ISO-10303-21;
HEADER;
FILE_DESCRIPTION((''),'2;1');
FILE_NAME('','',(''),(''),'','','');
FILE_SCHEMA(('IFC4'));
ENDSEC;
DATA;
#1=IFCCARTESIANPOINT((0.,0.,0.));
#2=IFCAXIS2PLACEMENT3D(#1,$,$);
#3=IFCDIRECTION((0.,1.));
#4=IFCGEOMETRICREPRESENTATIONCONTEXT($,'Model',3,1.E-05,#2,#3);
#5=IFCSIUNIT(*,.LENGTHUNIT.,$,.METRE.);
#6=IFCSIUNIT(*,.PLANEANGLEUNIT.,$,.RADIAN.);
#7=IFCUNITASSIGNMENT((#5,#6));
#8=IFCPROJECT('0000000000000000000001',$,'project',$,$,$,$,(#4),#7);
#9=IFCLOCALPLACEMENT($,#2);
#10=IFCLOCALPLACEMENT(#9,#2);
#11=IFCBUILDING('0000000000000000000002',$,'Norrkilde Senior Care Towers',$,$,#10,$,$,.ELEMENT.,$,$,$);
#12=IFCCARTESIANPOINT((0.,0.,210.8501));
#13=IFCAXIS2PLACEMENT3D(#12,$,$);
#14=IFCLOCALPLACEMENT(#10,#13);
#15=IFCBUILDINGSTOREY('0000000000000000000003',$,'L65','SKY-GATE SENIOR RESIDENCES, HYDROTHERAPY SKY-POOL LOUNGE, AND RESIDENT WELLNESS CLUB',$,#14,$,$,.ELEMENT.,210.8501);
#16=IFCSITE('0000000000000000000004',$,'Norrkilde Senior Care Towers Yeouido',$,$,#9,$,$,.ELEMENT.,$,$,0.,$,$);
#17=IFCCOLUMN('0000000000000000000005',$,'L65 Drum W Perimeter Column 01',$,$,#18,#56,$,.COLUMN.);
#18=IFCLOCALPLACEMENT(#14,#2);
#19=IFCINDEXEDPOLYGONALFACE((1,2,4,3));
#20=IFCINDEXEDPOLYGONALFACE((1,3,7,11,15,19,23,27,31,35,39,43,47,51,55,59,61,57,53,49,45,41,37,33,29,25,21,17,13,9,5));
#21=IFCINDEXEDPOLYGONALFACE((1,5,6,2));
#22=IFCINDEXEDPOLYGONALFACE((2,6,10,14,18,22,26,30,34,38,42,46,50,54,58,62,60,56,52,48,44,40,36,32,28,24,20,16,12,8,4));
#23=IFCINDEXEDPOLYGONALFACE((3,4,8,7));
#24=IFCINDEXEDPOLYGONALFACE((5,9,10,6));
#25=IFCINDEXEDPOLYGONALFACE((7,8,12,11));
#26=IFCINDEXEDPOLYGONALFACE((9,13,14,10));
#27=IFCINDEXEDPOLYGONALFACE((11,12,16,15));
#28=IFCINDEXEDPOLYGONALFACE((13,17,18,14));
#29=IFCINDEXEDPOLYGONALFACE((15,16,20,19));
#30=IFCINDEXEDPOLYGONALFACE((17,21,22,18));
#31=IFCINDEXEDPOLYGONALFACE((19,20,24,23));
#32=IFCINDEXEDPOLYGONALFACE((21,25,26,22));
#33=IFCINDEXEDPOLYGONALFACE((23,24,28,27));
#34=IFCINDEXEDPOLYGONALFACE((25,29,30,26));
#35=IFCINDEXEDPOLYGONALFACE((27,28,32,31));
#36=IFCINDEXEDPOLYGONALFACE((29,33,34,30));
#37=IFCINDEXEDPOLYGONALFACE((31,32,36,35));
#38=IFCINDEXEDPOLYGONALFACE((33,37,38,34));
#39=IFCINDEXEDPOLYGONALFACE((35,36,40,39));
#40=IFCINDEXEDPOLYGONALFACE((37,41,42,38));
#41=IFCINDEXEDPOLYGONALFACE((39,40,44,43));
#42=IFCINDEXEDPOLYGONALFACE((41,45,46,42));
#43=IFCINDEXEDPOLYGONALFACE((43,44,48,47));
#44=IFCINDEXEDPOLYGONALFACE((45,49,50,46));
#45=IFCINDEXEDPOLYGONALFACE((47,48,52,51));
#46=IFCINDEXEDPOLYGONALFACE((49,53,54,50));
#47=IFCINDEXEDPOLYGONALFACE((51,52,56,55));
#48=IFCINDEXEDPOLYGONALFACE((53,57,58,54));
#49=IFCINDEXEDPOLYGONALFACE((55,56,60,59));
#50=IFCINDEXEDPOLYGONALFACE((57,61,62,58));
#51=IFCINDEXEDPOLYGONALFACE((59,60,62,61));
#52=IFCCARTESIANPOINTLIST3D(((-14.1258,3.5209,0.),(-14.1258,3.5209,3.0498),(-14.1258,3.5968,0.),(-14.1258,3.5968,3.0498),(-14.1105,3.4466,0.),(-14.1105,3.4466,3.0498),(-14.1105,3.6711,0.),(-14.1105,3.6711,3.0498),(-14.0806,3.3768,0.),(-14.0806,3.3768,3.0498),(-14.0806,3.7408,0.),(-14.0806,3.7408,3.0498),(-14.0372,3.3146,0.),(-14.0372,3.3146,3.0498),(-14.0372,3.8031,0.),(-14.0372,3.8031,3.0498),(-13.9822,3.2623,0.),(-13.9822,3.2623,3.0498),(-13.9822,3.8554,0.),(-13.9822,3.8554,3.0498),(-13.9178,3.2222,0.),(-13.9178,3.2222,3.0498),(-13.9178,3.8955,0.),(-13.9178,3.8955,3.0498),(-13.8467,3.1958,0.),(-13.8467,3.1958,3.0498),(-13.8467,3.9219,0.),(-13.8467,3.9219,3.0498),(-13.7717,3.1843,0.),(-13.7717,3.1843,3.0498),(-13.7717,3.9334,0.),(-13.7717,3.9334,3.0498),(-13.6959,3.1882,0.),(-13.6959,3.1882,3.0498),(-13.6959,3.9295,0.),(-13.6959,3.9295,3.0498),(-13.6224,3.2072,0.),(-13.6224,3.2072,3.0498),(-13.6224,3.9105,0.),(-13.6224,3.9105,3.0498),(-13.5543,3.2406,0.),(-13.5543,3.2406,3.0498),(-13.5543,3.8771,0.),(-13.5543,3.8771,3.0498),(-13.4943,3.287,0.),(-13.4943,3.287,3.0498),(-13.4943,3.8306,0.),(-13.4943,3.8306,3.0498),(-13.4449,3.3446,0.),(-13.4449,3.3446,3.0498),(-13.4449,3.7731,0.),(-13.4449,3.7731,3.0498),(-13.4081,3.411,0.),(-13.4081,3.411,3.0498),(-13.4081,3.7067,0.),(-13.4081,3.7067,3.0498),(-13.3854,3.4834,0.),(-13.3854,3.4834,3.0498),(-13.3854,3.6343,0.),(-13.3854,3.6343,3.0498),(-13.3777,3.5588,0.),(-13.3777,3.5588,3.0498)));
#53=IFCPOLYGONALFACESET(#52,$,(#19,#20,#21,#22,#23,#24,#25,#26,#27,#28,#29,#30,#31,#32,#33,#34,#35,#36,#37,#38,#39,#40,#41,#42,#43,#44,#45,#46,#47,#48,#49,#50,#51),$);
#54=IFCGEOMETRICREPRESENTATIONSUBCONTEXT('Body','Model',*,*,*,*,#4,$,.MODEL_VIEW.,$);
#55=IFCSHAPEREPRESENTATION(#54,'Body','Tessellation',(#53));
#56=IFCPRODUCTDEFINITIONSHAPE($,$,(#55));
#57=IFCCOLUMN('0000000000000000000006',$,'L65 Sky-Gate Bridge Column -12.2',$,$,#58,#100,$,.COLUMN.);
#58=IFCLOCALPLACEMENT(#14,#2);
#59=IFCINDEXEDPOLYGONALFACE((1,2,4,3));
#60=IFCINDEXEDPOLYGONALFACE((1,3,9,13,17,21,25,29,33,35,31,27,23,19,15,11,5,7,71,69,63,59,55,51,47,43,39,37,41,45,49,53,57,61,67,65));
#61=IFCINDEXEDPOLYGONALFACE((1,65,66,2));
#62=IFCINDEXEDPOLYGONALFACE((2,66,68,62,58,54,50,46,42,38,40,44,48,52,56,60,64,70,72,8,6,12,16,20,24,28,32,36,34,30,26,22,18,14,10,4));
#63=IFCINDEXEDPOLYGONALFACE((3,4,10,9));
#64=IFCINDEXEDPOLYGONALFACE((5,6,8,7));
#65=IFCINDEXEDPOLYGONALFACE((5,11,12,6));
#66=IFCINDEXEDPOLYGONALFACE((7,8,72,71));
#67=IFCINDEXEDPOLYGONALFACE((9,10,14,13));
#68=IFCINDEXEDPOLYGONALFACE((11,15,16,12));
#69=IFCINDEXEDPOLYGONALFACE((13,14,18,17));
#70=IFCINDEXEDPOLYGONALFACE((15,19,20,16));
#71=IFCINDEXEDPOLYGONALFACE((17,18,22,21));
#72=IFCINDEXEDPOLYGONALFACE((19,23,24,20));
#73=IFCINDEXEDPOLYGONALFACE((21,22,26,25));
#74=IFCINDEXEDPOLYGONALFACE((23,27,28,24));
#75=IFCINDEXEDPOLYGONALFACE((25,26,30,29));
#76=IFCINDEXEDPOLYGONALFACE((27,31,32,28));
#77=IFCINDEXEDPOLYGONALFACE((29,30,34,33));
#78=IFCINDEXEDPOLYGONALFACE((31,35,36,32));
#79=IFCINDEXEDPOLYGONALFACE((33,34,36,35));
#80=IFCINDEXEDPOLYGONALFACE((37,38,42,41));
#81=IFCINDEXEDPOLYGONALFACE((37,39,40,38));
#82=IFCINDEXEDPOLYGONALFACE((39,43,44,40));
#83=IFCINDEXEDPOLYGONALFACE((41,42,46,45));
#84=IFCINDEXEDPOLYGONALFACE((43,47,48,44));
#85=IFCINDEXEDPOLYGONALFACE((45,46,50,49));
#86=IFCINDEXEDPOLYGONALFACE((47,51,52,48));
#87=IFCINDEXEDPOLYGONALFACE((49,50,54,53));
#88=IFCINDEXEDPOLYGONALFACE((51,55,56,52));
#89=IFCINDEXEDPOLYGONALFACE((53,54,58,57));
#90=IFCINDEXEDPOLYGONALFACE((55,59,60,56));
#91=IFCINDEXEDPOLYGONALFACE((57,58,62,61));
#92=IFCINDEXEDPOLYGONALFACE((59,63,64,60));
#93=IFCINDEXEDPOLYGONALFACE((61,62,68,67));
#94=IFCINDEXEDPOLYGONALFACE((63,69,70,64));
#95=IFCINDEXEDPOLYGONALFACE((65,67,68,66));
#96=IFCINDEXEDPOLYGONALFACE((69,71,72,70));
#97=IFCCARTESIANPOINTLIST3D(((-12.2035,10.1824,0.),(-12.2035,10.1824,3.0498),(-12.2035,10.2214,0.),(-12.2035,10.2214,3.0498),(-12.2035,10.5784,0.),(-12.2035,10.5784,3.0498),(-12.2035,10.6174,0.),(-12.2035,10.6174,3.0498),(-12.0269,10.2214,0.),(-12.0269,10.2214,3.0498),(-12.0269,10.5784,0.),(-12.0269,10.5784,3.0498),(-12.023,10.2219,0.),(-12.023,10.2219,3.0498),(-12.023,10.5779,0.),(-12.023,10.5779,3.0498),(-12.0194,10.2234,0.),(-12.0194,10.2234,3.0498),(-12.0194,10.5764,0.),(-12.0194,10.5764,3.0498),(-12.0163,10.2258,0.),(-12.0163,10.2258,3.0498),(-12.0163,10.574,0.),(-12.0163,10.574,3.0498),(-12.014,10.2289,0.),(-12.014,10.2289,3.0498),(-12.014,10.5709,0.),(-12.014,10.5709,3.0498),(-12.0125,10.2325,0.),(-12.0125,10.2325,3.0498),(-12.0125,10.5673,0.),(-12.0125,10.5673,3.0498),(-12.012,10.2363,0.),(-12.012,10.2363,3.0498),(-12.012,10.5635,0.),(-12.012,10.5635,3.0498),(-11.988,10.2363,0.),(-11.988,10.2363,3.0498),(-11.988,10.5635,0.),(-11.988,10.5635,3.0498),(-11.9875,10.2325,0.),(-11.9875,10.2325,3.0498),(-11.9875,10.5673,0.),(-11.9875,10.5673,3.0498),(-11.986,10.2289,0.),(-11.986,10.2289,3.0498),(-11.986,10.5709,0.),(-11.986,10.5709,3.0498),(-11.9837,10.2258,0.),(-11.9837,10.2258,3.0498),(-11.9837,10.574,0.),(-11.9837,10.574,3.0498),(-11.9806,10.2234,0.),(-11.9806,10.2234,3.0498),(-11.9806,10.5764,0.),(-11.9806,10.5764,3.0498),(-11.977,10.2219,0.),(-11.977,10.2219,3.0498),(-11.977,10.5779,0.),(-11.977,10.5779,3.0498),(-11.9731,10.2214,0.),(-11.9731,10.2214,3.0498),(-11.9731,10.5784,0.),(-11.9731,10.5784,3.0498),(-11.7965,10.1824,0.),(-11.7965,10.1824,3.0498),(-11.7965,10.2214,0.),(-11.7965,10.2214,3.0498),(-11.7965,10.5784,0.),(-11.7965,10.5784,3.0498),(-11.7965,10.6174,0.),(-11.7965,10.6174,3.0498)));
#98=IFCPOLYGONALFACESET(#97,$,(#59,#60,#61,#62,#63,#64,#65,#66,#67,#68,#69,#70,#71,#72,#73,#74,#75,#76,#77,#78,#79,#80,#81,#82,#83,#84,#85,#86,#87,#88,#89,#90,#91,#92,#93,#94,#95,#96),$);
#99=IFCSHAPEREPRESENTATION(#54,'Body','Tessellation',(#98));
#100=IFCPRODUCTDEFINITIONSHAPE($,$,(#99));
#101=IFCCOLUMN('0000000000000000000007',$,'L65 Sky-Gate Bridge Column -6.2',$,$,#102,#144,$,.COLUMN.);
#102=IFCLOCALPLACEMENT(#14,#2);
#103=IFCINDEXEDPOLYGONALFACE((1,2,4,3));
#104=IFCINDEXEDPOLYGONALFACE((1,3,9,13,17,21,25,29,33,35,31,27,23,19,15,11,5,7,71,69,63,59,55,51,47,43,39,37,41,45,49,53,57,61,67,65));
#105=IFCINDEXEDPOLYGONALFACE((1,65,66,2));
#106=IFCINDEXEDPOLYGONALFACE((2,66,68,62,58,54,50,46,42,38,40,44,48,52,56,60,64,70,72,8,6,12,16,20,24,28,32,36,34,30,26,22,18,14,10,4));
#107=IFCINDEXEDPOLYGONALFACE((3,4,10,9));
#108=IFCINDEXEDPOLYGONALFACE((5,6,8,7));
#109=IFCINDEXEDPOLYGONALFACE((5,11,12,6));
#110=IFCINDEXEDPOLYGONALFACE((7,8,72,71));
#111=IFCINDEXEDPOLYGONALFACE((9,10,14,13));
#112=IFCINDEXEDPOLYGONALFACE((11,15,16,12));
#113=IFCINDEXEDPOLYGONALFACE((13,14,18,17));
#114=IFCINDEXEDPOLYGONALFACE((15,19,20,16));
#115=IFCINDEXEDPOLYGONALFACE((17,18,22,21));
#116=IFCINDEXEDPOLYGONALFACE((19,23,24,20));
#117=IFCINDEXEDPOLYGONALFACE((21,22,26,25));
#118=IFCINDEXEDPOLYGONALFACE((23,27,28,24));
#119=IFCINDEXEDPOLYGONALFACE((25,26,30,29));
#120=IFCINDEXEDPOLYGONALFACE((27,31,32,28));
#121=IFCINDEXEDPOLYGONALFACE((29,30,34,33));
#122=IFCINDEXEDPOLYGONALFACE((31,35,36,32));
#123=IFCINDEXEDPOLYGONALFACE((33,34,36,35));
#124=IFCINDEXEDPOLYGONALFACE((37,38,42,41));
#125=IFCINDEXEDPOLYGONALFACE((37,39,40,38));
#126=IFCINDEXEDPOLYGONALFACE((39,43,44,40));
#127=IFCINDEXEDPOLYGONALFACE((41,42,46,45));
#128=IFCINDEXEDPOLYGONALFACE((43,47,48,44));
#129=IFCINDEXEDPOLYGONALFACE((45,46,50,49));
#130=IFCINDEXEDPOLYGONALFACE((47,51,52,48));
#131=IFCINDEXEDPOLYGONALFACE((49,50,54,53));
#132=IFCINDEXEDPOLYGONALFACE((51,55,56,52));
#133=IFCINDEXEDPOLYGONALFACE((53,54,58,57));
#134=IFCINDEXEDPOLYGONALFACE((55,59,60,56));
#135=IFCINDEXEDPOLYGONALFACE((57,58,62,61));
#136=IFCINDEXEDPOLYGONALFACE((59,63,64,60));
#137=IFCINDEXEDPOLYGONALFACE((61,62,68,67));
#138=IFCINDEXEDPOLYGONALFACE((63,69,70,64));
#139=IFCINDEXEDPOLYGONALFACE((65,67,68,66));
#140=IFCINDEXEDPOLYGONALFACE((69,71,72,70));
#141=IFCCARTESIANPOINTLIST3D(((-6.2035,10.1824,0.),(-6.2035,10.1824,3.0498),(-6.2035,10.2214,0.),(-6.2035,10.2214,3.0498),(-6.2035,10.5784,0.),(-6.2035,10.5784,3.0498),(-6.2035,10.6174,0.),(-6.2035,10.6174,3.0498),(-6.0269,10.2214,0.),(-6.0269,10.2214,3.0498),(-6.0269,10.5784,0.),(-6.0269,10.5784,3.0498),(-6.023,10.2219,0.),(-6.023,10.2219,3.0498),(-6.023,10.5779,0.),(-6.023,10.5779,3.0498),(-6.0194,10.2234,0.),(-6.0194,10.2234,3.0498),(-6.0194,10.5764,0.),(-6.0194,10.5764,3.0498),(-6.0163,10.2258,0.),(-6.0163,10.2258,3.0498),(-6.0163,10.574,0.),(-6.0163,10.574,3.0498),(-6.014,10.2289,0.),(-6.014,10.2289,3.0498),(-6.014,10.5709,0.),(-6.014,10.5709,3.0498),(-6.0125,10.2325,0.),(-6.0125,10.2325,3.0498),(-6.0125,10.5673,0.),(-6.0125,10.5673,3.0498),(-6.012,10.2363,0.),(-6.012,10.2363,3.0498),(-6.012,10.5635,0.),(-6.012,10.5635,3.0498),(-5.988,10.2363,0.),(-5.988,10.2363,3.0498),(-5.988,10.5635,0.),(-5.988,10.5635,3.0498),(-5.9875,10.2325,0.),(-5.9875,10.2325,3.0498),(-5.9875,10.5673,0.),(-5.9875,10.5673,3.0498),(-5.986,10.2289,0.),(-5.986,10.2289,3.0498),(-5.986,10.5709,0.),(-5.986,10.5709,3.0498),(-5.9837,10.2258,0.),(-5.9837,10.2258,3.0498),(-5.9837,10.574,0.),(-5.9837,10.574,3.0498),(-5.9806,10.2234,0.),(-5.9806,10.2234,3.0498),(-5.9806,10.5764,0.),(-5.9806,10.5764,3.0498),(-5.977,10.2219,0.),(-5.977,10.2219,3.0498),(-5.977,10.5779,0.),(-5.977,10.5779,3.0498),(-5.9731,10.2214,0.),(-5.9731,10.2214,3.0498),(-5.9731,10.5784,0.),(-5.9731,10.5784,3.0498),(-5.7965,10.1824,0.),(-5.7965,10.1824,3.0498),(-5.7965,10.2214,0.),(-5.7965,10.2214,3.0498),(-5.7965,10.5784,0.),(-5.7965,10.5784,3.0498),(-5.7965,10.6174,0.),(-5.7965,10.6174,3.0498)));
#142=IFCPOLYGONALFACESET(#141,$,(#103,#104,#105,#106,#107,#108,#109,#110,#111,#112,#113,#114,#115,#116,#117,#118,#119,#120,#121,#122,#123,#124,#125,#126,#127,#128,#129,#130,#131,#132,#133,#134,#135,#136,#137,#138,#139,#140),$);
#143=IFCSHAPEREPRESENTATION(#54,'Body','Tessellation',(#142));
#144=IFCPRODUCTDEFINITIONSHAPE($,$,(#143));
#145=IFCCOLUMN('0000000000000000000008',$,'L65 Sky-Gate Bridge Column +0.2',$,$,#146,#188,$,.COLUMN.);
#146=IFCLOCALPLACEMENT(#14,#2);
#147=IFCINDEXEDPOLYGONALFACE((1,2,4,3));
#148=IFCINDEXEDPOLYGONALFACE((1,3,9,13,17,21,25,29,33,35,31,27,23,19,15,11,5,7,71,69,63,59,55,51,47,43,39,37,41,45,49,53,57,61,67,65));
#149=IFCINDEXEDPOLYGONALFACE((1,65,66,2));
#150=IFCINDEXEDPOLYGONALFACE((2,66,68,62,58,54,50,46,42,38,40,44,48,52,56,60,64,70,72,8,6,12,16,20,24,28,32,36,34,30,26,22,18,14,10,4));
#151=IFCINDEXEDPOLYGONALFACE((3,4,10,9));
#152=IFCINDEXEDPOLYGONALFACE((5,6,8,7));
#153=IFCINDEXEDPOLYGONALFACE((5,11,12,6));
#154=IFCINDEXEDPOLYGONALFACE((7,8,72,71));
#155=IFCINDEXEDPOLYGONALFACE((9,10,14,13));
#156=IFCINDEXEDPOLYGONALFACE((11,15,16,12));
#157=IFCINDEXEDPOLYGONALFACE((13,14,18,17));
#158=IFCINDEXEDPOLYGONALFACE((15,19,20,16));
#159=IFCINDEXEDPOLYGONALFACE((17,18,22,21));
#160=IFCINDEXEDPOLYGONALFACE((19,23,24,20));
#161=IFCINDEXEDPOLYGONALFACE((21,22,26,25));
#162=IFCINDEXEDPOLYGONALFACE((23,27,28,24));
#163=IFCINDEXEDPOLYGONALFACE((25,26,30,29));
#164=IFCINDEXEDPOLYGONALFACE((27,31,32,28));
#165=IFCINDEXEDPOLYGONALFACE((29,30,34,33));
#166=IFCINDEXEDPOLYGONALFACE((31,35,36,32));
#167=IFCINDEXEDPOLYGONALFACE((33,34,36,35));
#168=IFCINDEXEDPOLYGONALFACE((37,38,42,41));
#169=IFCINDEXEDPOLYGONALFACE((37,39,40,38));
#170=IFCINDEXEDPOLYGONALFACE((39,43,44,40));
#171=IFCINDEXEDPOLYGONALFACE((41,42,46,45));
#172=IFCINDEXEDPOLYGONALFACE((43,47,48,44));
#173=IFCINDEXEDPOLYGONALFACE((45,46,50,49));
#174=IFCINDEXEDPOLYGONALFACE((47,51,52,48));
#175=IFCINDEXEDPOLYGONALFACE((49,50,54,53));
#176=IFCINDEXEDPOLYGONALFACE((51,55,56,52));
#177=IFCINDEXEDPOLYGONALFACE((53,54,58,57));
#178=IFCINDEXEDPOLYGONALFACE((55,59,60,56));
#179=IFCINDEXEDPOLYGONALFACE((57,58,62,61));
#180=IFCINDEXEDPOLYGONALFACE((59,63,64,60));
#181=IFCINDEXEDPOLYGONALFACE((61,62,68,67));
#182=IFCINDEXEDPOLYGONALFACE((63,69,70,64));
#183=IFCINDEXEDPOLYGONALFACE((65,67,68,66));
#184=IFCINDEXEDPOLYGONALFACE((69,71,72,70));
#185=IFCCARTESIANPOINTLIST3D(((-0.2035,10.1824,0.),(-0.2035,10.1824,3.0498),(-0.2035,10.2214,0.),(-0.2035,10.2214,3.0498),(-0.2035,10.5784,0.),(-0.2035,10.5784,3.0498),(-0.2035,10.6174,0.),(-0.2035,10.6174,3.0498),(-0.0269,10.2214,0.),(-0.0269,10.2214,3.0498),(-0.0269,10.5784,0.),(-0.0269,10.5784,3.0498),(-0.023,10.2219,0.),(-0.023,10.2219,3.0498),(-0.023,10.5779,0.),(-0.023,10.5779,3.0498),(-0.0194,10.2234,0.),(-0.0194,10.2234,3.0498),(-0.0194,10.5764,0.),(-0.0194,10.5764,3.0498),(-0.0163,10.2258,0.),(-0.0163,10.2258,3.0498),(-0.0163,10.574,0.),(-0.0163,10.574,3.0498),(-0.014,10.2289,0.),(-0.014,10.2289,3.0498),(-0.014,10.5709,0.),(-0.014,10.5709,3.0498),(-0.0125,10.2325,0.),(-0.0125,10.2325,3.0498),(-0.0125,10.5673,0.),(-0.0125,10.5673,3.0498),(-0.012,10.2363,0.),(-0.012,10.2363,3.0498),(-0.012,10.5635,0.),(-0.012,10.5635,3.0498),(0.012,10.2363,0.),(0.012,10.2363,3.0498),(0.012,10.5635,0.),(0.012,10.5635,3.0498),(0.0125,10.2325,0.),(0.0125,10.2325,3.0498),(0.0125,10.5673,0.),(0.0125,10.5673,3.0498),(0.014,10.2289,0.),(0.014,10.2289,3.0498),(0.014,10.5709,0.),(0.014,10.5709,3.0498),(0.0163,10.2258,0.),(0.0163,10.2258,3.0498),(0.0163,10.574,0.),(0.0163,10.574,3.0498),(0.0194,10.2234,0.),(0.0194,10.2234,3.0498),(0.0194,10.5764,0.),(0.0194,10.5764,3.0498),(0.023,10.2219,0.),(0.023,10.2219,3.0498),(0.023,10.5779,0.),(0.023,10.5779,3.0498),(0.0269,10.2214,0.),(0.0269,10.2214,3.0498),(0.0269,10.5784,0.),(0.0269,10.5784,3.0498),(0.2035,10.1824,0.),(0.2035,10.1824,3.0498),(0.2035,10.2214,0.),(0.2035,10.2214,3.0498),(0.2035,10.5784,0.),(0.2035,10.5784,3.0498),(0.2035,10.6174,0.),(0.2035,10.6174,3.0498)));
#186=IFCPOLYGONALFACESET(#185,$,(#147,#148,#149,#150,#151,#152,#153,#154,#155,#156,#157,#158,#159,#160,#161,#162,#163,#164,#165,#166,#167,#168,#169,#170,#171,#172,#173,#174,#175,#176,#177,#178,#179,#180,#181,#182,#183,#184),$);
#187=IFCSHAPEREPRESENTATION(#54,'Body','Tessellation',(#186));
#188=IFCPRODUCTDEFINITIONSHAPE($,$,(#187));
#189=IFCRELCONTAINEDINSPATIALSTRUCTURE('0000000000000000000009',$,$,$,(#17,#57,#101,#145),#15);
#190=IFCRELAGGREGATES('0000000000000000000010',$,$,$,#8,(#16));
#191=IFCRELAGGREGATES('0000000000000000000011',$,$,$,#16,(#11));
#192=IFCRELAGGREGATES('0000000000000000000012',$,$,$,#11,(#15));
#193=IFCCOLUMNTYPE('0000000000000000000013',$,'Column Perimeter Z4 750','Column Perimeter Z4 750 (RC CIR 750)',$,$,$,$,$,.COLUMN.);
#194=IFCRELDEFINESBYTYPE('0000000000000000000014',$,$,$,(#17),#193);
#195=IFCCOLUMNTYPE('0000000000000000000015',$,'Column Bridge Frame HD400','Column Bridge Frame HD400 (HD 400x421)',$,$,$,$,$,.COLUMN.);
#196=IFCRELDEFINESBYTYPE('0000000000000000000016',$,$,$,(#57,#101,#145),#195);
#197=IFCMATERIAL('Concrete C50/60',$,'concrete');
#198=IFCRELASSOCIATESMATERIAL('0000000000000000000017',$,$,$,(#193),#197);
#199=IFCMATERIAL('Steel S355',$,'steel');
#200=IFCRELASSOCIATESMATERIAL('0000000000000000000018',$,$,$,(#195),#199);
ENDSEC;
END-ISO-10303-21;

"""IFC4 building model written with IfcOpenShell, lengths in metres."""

from ifc_helpers import new_model, si_unit, direction, frame, origin, origin_2d, place, context, subcontext, project, spatial, circle, i_section, extrude, source, transform, mapped, material, material_profile, profile_set, type_object, type_shapes, element, save


model = new_model("IFC4")

# Units and contexts
model_context = context("Model", 3, precision=1e-05, world=origin(), true_north=direction((0.0, 1.0)))
body_context = subcontext(model_context, "Body", "Model", "MODEL_VIEW")
ifc_project = project(units=[si_unit("LENGTHUNIT", "METRE"), si_unit("PLANEANGLEUNIT", "RADIAN")], contexts=[model_context])

# Site, building, storey
site_placement = place(None, origin())
site = spatial("IfcSite", under=ifc_project, at=site_placement, Name="Norrkilde Senior Care Towers Yeouido", CompositionType="ELEMENT", RefElevation=0.0)
building_placement = place(site_placement, origin())
building = spatial("IfcBuilding", under=site, at=building_placement, Name="Norrkilde Senior Care Towers", CompositionType="ELEMENT")
storey_placement = place(building_placement, frame((0.0, 0.0, 210.8501)))
storey = spatial("IfcBuildingStorey", under=building, at=storey_placement, Name="L65", Description="SKY-GATE SENIOR RESIDENCES, HYDROTHERAPY SKY-POOL LOUNGE, AND RESIDENT WELLNESS CLUB", CompositionType="ELEMENT", Elevation=210.8501)

# Columns
ifc_material_1 = material(Name="Concrete C50/60", Category="concrete")
ifc_material_profile_1 = material_profile(ifc_material_1, circle(Radius=0.375, at=origin_2d()), Name="RC CIR 750")
ifc_profile_set_1 = profile_set([ifc_material_profile_1], Name="Concrete C50/60")
column_type_1 = type_object("IfcColumnType", Name="Column Perimeter Z4 750", Description="Column Perimeter Z4 750 (RC CIR 750)", PredefinedType="COLUMN", material=ifc_profile_set_1)
shared_shape_1 = source(origin(), body_context, "Body", "SweptSolid", [
    extrude(circle(Radius=0.375, at=origin_2d()), origin(), (0.0, 0.0, 1.0), 3.0498),
])
type_shapes(column_type_1, [shared_shape_1])
column_placement = place(storey_placement, frame((-13.7527, 3.5588, 0.0), z_axis=(0.0, 0.0, 1.0), x_axis=(1.0, 0.0, 0.0)))
element("IfcColumn", 1, at=column_placement, inside=storey, type_object=column_type_1, Name="L65 Drum W Perimeter Column 01", PredefinedType="COLUMN", context=body_context, shape_type="MappedRepresentation", body=[
    mapped(shared_shape_1, transform((0.0, 0.0, 0.0), x_axis=(1.0, 0.0, 0.0), y_axis=(0.0, 1.0, 0.0), z_axis=(0.0, 0.0, 1.0), scale=1.0)),
])
ifc_material_2 = material(Name="Steel S355", Category="steel")
ifc_material_profile_2 = material_profile(ifc_material_2, i_section(OverallWidth=0.407, OverallDepth=0.4351, WebThickness=0.0239, FlangeThickness=0.0391, FilletRadius=0.0149, at=origin_2d()), Name="HD 400x421")
ifc_profile_set_2 = profile_set([ifc_material_profile_2], Name="Steel S355")
column_type_2 = type_object("IfcColumnType", Name="Column Bridge Frame HD400", Description="Column Bridge Frame HD400 (HD 400x421)", PredefinedType="COLUMN", material=ifc_profile_set_2)
shared_shape_2 = source(origin(), body_context, "Body", "SweptSolid", [
    extrude(i_section(OverallWidth=0.407, OverallDepth=0.4351, WebThickness=0.0239, FlangeThickness=0.0391, FilletRadius=0.0149, at=origin_2d()), origin(), (0.0, 0.0, 1.0), 3.0498),
])
type_shapes(column_type_2, [shared_shape_2])
for number, where, z_axis, x_axis, name in (
    (2, (-12.0, 10.3999, 0.0), (0.0, 0.0, 1.0), (1.0, 0.0, 0.0), "L65 Sky-Gate Bridge Column -12.2"),
    (3, (-6.0, 10.3999, 0.0), (0.0, 0.0, 1.0), (1.0, 0.0, 0.0), "L65 Sky-Gate Bridge Column -6.2"),
    (4, (0.0, 10.3999, 0.0), (0.0, 0.0, 1.0), (1.0, 0.0, 0.0), "L65 Sky-Gate Bridge Column +0.2"),
):
    element("IfcColumn", number, at=place(storey_placement, frame(where, z_axis=z_axis, x_axis=x_axis)), inside=storey, type_object=column_type_2, Name=name, PredefinedType="COLUMN", context=body_context, shape_type="MappedRepresentation", body=[
        mapped(shared_shape_2, transform((0.0, 0.0, 0.0), x_axis=(1.0, 0.0, 0.0), y_axis=(0.0, 1.0, 0.0), z_axis=(0.0, 0.0, 1.0), scale=1.0)),
    ])

save(model, "model.ifc")
